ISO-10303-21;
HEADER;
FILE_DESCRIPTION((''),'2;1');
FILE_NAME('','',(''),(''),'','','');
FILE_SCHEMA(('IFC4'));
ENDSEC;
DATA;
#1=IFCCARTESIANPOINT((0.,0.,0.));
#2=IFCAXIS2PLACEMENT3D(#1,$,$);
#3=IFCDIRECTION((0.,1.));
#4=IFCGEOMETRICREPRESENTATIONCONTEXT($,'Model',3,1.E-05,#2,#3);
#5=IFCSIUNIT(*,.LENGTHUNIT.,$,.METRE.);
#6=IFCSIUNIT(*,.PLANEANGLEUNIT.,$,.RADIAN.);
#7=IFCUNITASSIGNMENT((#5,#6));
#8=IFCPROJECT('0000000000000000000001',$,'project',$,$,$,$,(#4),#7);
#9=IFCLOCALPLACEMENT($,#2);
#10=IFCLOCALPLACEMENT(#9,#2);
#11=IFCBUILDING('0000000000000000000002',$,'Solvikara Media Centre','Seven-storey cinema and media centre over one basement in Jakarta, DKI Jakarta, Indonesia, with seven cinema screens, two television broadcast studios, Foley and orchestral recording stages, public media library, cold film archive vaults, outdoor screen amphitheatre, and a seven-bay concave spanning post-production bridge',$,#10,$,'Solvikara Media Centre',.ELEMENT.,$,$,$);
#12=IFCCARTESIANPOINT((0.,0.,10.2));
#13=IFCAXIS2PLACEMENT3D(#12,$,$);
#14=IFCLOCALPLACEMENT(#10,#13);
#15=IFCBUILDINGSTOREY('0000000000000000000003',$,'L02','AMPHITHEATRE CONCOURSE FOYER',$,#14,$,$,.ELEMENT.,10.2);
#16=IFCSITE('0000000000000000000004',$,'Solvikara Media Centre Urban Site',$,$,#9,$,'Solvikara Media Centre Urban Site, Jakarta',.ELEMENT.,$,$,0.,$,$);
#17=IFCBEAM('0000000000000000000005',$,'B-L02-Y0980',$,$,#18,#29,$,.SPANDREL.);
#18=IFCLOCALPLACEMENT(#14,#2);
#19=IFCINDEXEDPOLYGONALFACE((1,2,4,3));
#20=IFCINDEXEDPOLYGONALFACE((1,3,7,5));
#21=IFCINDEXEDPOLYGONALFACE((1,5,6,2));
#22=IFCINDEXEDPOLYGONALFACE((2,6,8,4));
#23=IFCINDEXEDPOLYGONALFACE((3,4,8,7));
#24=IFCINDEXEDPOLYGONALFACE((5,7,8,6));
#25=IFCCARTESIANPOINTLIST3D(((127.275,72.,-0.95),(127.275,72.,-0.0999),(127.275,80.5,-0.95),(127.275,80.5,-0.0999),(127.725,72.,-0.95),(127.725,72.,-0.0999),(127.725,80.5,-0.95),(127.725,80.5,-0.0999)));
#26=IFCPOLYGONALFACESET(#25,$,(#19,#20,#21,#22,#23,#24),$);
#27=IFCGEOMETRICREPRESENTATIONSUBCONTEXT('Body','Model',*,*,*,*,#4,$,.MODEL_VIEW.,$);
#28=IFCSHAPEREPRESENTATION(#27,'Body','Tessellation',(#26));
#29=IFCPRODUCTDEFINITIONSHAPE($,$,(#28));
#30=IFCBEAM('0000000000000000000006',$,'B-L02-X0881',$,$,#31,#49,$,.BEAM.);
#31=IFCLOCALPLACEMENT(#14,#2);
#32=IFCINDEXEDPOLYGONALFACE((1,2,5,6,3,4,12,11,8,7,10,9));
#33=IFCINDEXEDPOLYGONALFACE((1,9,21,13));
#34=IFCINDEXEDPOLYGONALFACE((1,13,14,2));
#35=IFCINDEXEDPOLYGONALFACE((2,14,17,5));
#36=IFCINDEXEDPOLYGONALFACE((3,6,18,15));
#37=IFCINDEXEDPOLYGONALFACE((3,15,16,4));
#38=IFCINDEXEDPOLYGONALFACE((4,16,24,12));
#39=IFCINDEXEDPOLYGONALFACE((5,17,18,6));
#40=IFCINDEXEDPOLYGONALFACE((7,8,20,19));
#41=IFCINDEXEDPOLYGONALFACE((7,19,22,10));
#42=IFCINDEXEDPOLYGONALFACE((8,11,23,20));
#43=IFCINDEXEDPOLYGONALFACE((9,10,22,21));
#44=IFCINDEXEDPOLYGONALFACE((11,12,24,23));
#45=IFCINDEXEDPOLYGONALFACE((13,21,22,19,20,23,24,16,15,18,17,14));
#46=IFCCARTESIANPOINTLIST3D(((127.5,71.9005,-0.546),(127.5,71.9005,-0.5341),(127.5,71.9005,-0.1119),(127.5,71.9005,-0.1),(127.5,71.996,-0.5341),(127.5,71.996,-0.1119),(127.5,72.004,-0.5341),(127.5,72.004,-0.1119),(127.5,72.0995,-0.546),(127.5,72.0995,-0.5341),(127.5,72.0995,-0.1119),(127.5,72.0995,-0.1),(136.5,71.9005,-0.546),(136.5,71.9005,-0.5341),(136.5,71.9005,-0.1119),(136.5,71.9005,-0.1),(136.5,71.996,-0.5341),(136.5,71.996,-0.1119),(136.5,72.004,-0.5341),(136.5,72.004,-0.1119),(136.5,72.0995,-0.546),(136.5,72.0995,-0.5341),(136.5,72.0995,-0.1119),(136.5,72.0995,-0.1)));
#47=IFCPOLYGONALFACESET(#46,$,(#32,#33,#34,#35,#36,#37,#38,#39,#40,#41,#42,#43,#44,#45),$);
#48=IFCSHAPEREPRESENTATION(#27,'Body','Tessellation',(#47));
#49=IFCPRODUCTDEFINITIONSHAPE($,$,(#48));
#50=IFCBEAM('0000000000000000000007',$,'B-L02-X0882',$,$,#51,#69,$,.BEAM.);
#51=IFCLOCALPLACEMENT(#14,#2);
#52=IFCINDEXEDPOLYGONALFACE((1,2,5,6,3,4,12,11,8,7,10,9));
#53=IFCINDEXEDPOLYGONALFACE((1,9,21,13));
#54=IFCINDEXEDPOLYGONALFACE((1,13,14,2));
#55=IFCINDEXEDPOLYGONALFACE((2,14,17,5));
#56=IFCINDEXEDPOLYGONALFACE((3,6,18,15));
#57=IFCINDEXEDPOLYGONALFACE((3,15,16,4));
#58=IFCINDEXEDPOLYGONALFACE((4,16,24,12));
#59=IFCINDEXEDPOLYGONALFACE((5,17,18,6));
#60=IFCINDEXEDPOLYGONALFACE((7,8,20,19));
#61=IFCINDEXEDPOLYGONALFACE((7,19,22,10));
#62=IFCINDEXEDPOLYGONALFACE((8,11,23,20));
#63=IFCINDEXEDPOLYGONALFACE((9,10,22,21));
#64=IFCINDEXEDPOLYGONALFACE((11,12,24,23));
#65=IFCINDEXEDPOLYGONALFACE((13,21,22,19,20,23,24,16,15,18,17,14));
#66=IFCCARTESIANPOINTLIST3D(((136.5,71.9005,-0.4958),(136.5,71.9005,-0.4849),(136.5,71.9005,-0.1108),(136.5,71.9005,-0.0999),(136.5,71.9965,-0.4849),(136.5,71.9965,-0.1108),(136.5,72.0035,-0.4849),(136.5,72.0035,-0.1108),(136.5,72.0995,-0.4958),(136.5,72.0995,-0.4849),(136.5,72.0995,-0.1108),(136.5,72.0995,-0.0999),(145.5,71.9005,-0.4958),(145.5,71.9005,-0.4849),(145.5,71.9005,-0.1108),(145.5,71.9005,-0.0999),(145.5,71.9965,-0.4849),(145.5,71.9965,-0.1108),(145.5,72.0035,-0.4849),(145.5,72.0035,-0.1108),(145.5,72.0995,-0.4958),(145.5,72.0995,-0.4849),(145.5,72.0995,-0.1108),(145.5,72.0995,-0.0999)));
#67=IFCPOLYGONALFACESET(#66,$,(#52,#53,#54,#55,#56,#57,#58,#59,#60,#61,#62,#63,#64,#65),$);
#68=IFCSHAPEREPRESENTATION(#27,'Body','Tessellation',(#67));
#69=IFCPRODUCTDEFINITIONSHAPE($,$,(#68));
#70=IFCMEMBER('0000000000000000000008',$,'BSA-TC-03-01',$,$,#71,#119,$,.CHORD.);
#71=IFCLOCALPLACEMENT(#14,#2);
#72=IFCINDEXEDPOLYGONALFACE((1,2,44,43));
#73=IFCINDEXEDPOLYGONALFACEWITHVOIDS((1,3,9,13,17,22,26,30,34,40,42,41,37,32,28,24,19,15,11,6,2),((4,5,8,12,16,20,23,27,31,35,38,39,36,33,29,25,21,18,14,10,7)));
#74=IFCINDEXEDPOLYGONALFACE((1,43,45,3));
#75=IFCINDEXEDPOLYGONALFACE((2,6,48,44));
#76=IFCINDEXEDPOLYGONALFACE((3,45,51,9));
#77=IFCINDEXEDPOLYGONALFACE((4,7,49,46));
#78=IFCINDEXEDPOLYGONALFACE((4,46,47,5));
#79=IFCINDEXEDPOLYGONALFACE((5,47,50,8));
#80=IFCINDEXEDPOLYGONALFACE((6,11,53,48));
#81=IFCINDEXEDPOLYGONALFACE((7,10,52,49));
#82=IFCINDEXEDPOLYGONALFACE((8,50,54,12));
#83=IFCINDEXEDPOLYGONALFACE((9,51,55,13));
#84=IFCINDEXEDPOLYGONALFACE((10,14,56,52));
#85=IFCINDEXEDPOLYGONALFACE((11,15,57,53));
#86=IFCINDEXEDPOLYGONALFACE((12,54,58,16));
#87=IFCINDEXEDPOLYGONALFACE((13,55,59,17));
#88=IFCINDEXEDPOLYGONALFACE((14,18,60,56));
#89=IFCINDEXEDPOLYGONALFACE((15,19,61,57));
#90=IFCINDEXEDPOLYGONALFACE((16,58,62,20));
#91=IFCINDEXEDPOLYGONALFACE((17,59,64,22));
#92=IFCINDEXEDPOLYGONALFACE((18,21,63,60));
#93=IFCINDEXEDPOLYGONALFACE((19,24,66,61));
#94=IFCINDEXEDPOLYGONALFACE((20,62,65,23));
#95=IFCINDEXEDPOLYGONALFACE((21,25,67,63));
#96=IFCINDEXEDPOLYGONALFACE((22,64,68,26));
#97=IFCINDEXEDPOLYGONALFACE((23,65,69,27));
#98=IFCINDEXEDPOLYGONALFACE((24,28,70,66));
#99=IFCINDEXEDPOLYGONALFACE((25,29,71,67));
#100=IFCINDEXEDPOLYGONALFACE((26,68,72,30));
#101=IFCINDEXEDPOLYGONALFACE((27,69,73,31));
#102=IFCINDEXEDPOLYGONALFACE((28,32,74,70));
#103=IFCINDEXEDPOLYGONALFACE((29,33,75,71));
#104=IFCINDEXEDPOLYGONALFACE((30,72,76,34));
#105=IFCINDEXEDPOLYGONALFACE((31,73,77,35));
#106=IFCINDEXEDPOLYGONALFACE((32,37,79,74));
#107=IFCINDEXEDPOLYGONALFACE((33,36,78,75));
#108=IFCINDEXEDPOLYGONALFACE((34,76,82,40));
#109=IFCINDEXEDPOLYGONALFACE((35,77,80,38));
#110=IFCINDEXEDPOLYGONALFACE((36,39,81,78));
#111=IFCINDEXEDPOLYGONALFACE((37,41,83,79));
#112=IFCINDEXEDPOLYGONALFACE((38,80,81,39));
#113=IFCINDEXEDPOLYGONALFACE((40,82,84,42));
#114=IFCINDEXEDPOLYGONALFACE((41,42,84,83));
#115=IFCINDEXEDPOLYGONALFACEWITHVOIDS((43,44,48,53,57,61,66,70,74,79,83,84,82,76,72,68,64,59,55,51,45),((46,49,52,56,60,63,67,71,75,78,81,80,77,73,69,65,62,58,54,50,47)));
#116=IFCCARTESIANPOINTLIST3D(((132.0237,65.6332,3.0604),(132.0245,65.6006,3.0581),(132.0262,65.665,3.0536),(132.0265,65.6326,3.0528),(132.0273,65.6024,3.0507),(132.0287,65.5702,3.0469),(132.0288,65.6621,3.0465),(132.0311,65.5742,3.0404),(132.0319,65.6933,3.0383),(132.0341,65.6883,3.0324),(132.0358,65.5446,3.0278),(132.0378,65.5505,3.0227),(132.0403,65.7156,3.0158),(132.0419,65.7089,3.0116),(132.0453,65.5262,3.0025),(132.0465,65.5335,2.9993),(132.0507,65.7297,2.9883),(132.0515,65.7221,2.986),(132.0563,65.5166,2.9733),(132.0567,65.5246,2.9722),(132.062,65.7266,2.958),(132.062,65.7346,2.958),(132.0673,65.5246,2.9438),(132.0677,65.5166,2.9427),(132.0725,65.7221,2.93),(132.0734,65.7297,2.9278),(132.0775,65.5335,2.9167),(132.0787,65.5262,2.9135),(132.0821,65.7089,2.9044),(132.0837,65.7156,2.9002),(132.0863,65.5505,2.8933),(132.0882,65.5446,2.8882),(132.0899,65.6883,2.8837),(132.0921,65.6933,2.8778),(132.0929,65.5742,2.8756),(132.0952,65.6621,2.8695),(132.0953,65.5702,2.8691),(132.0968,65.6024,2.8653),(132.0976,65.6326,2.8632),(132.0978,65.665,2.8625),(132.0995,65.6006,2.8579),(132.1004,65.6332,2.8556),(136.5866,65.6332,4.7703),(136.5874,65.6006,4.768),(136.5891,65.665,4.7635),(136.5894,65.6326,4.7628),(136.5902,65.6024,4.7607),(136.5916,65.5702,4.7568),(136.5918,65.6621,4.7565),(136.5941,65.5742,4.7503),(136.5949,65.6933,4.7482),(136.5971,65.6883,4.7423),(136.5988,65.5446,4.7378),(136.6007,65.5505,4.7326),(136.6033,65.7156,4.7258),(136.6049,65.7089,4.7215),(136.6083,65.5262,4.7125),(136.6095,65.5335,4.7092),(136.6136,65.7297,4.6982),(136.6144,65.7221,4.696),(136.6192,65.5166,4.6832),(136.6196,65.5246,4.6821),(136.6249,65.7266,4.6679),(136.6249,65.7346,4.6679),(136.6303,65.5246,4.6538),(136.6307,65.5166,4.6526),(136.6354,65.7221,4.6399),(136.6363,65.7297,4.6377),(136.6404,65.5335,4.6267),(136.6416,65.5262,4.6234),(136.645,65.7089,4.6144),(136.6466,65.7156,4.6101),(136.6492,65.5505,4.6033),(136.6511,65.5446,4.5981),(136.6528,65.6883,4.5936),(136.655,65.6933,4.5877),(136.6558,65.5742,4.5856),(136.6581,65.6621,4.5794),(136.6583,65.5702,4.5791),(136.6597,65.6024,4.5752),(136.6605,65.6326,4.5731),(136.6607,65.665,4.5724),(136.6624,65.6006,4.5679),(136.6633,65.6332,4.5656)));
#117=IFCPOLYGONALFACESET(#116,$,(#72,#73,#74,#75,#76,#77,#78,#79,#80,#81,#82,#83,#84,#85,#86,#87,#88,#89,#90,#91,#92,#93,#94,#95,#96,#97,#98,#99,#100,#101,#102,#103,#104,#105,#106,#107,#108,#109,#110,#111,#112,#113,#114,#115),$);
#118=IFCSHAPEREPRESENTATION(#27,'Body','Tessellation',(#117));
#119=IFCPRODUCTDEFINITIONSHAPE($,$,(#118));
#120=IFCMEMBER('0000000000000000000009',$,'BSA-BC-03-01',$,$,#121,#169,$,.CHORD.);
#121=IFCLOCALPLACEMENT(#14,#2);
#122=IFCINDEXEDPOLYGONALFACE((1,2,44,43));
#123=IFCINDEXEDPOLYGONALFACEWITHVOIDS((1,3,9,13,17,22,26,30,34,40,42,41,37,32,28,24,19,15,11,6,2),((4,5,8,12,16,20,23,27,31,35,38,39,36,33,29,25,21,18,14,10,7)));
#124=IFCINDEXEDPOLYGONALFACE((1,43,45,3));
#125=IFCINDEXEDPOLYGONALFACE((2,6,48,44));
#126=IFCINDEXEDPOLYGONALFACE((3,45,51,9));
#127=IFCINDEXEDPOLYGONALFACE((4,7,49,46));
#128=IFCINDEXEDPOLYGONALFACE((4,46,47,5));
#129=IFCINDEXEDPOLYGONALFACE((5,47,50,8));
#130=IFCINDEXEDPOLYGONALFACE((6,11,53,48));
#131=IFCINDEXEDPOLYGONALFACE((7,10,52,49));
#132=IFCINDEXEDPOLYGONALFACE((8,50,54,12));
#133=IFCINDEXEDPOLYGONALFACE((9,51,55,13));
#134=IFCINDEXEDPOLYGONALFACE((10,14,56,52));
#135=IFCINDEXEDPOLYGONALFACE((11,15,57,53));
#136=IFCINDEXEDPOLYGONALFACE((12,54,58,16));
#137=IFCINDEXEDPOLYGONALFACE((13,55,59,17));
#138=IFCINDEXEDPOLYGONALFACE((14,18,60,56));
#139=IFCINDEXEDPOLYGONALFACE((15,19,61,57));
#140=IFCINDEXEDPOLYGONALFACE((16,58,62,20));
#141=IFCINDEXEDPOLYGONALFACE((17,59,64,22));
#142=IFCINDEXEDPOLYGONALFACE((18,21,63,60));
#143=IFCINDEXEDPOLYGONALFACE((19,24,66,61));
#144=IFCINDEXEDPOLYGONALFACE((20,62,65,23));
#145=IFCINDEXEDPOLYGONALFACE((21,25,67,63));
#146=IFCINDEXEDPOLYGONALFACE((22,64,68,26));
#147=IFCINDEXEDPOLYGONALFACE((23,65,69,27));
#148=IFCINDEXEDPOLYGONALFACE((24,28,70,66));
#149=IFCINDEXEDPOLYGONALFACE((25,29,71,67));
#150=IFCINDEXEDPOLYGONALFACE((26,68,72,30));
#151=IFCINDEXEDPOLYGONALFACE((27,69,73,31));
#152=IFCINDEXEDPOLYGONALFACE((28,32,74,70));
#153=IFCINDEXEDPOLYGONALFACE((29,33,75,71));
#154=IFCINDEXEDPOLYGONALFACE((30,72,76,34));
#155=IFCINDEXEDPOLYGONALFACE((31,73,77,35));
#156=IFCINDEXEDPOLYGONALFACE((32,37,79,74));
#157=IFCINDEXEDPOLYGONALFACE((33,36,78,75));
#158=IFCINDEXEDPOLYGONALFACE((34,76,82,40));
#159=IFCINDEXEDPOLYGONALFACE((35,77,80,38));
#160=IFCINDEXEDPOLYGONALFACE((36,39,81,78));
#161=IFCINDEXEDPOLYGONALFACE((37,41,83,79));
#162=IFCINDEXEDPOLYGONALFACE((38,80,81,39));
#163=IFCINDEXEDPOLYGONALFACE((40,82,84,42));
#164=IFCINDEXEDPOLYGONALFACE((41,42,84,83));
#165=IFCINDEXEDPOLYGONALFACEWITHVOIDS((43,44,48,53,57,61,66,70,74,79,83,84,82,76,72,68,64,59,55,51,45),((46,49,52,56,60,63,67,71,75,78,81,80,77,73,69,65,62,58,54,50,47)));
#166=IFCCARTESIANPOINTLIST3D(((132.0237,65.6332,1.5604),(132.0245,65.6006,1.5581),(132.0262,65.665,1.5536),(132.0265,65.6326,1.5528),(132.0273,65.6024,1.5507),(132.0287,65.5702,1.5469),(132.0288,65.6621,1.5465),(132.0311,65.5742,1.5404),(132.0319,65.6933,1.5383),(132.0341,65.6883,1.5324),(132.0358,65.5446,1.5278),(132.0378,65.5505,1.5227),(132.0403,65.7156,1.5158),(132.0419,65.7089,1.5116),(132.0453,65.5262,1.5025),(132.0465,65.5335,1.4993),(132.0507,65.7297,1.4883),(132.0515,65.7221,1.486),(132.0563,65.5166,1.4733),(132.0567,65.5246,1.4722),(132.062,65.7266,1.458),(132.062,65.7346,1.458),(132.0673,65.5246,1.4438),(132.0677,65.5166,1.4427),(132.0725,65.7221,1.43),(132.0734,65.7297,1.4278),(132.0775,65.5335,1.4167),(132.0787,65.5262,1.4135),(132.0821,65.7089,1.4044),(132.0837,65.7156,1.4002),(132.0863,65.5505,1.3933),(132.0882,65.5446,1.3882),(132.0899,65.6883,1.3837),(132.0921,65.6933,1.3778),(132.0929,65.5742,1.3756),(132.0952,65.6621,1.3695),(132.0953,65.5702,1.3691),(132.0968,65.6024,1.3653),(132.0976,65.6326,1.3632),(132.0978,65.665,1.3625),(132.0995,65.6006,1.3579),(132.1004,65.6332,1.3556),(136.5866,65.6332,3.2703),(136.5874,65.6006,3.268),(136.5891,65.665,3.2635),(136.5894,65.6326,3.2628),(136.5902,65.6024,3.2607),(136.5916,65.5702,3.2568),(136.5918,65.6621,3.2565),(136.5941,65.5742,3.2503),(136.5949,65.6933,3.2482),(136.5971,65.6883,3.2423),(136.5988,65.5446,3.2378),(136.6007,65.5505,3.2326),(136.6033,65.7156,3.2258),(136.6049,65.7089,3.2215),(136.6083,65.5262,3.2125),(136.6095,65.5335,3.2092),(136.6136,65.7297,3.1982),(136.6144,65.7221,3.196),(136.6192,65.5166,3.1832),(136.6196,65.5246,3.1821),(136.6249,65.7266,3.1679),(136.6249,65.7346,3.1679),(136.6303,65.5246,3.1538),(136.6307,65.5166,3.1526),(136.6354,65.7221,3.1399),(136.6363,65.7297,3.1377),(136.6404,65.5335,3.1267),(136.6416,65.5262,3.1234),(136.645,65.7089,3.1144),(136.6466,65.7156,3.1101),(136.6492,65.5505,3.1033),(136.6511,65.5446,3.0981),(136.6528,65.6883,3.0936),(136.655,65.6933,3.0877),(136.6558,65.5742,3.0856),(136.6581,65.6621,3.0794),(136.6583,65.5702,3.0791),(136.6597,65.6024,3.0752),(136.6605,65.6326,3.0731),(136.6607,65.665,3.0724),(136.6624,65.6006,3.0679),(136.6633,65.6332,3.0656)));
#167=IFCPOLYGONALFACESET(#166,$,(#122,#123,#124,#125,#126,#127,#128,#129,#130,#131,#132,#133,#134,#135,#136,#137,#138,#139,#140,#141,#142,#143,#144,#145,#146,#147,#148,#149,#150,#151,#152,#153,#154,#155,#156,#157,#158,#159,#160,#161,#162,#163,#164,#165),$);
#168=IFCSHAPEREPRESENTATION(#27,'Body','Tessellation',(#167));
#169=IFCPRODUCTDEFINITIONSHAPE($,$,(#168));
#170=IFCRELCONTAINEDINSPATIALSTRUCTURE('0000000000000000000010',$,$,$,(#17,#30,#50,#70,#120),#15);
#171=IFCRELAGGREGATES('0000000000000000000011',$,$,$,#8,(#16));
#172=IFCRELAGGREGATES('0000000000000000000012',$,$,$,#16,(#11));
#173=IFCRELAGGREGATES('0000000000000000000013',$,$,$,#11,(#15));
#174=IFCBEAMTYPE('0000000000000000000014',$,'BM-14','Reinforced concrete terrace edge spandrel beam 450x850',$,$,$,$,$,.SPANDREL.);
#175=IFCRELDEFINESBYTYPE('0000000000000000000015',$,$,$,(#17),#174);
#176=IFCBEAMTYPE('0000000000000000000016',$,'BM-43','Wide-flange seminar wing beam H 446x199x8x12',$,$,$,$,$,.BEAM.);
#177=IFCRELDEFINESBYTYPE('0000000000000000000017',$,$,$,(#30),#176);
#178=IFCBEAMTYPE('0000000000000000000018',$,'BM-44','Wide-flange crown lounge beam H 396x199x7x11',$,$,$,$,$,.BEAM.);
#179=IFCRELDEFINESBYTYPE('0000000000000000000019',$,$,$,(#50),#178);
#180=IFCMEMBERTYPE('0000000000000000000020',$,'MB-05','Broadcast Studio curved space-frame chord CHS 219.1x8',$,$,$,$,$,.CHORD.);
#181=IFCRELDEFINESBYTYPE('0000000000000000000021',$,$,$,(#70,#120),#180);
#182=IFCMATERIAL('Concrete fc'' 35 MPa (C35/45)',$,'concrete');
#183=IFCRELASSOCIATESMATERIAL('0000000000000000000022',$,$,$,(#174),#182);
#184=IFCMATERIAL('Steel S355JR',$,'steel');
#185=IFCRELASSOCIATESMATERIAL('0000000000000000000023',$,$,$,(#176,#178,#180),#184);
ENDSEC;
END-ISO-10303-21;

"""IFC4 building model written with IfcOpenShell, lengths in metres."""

from ifc_helpers import new_model, si_unit, direction, frame, origin, origin_2d, place, context, subcontext, project, spatial, rectangle, hollow_circle, i_section, extrude, material, material_profile, profile_set, type_object, element, save


model = new_model("IFC4")

# Units and contexts
model_context = context("Model", 3, precision=1e-05, world=origin(), true_north=direction((0.0, 1.0)))
body_context = subcontext(model_context, "Body", "Model", "MODEL_VIEW")
ifc_project = project(units=[si_unit("LENGTHUNIT", "METRE"), si_unit("PLANEANGLEUNIT", "RADIAN")], contexts=[model_context])

# Site, building, storey
site_placement = place(None, origin())
site = spatial("IfcSite", under=ifc_project, at=site_placement, Name="Solvikara Media Centre Urban Site", LongName="Solvikara Media Centre Urban Site, Jakarta", CompositionType="ELEMENT", RefElevation=0.0)
building_placement = place(site_placement, origin())
building = spatial("IfcBuilding", under=site, at=building_placement, Name="Solvikara Media Centre", Description="Seven-storey cinema and media centre over one basement in Jakarta, DKI Jakarta, Indonesia, with seven cinema screens, two television broadcast studios, Foley and orchestral recording stages, public media library, cold film archive vaults, outdoor screen amphitheatre, and a seven-bay concave spanning post-production bridge", LongName="Solvikara Media Centre", CompositionType="ELEMENT")
storey_placement = place(building_placement, frame((0.0, 0.0, 10.2)))
storey = spatial("IfcBuildingStorey", under=building, at=storey_placement, Name="L02", Description="AMPHITHEATRE CONCOURSE FOYER", CompositionType="ELEMENT", Elevation=10.2)

# Beams
ifc_material_1 = material(Name="Concrete fc' 35 MPa (C35/45)", Category="concrete")
ifc_material_profile_1 = material_profile(ifc_material_1, rectangle(XDim=0.45, YDim=0.8501, at=origin_2d()), Name="RC 450x850")
ifc_profile_set_1 = profile_set([ifc_material_profile_1], Name="Concrete fc' 35 MPa (C35/45)")
beam_type_1 = type_object("IfcBeamType", Name="BM-14", Description="Reinforced concrete terrace edge spandrel beam 450x850", PredefinedType="SPANDREL", material=ifc_profile_set_1)
beam_1_placement = place(storey_placement, frame((127.5, 72.0, -0.5249), z_axis=(0.0, 1.0, 0.0), x_axis=(-1.0, 0.0, 0.0)))
element("IfcBeam", 1, at=beam_1_placement, inside=storey, type_object=beam_type_1, Name="B-L02-Y0980", PredefinedType="SPANDREL", context=body_context, shape_type="SweptSolid", body=[
    extrude(rectangle(XDim=0.45, YDim=0.8501, at=origin_2d()), origin(), (0.0, 0.0, 1.0), 8.5),
])
ifc_material_2 = material(Name="Steel S355JR", Category="steel")
ifc_material_profile_2 = material_profile(ifc_material_2, i_section(OverallWidth=0.199, OverallDepth=0.446, WebThickness=0.0081, FlangeThickness=0.012, at=origin_2d()), Name="H 446x199x8x12")
ifc_profile_set_2 = profile_set([ifc_material_profile_2], Name="Steel S355JR")
beam_type_2 = type_object("IfcBeamType", Name="BM-43", Description="Wide-flange seminar wing beam H 446x199x8x12", PredefinedType="BEAM", material=ifc_profile_set_2)
beam_2_placement = place(storey_placement, frame((127.5, 72.0, -0.323), z_axis=(1.0, 0.0, 0.0), x_axis=(0.0, 1.0, 0.0)))
element("IfcBeam", 2, at=beam_2_placement, inside=storey, type_object=beam_type_2, Name="B-L02-X0881", PredefinedType="BEAM", context=body_context, shape_type="SweptSolid", body=[
    extrude(i_section(OverallWidth=0.199, OverallDepth=0.446, WebThickness=0.0081, FlangeThickness=0.012, at=origin_2d()), origin(), (0.0, 0.0, 1.0), 9.0),
])
ifc_material_profile_3 = material_profile(ifc_material_2, i_section(OverallWidth=0.199, OverallDepth=0.396, WebThickness=0.0071, FlangeThickness=0.011, at=origin_2d()), Name="H 396x199x7x11")
ifc_profile_set_3 = profile_set([ifc_material_profile_3], Name="Steel S355JR")
beam_type_3 = type_object("IfcBeamType", Name="BM-44", Description="Wide-flange crown lounge beam H 396x199x7x11", PredefinedType="BEAM", material=ifc_profile_set_3)
beam_3_placement = place(storey_placement, frame((136.5, 72.0, -0.2979), z_axis=(1.0, 0.0, 0.0), x_axis=(0.0, 1.0, 0.0)))
element("IfcBeam", 3, at=beam_3_placement, inside=storey, type_object=beam_type_3, Name="B-L02-X0882", PredefinedType="BEAM", context=body_context, shape_type="SweptSolid", body=[
    extrude(i_section(OverallWidth=0.199, OverallDepth=0.396, WebThickness=0.0071, FlangeThickness=0.011, at=origin_2d()), origin(), (0.0, 0.0, 1.0), 9.0),
])

# Members
ifc_material_profile_4 = material_profile(ifc_material_2, hollow_circle(Radius=0.1096, WallThickness=0.0081, at=origin_2d()), Name="CHS 219.1x8")
ifc_profile_set_4 = profile_set([ifc_material_profile_4], Name="Steel S355JR")
member_type_1 = type_object("IfcMemberType", Name="MB-05", Description="Broadcast Studio curved space-frame chord CHS 219.1x8", PredefinedType="CHORD", material=ifc_profile_set_4)
for number, where, z_axis, x_axis, name in (
    (4, (132.062, 65.625, 2.958), (0.936407, 0.0, 0.350915), (0.0, 1.0, 0.0), "BSA-TC-03-01"),
    (5, (132.062, 65.625, 1.458), (0.936407, 0.0, 0.350915), (0.0, 1.0, 0.0), "BSA-BC-03-01"),
):
    element("IfcMember", number, at=place(storey_placement, frame(where, z_axis=z_axis, x_axis=x_axis)), inside=storey, type_object=member_type_1, Name=name, PredefinedType="CHORD", context=body_context, shape_type="SweptSolid", body=[
        extrude(hollow_circle(Radius=0.1096, WallThickness=0.0081, at=origin_2d()), origin(), (0.0, 0.0, 1.0), 4.8728),
    ])

save(model, "model.ifc")
